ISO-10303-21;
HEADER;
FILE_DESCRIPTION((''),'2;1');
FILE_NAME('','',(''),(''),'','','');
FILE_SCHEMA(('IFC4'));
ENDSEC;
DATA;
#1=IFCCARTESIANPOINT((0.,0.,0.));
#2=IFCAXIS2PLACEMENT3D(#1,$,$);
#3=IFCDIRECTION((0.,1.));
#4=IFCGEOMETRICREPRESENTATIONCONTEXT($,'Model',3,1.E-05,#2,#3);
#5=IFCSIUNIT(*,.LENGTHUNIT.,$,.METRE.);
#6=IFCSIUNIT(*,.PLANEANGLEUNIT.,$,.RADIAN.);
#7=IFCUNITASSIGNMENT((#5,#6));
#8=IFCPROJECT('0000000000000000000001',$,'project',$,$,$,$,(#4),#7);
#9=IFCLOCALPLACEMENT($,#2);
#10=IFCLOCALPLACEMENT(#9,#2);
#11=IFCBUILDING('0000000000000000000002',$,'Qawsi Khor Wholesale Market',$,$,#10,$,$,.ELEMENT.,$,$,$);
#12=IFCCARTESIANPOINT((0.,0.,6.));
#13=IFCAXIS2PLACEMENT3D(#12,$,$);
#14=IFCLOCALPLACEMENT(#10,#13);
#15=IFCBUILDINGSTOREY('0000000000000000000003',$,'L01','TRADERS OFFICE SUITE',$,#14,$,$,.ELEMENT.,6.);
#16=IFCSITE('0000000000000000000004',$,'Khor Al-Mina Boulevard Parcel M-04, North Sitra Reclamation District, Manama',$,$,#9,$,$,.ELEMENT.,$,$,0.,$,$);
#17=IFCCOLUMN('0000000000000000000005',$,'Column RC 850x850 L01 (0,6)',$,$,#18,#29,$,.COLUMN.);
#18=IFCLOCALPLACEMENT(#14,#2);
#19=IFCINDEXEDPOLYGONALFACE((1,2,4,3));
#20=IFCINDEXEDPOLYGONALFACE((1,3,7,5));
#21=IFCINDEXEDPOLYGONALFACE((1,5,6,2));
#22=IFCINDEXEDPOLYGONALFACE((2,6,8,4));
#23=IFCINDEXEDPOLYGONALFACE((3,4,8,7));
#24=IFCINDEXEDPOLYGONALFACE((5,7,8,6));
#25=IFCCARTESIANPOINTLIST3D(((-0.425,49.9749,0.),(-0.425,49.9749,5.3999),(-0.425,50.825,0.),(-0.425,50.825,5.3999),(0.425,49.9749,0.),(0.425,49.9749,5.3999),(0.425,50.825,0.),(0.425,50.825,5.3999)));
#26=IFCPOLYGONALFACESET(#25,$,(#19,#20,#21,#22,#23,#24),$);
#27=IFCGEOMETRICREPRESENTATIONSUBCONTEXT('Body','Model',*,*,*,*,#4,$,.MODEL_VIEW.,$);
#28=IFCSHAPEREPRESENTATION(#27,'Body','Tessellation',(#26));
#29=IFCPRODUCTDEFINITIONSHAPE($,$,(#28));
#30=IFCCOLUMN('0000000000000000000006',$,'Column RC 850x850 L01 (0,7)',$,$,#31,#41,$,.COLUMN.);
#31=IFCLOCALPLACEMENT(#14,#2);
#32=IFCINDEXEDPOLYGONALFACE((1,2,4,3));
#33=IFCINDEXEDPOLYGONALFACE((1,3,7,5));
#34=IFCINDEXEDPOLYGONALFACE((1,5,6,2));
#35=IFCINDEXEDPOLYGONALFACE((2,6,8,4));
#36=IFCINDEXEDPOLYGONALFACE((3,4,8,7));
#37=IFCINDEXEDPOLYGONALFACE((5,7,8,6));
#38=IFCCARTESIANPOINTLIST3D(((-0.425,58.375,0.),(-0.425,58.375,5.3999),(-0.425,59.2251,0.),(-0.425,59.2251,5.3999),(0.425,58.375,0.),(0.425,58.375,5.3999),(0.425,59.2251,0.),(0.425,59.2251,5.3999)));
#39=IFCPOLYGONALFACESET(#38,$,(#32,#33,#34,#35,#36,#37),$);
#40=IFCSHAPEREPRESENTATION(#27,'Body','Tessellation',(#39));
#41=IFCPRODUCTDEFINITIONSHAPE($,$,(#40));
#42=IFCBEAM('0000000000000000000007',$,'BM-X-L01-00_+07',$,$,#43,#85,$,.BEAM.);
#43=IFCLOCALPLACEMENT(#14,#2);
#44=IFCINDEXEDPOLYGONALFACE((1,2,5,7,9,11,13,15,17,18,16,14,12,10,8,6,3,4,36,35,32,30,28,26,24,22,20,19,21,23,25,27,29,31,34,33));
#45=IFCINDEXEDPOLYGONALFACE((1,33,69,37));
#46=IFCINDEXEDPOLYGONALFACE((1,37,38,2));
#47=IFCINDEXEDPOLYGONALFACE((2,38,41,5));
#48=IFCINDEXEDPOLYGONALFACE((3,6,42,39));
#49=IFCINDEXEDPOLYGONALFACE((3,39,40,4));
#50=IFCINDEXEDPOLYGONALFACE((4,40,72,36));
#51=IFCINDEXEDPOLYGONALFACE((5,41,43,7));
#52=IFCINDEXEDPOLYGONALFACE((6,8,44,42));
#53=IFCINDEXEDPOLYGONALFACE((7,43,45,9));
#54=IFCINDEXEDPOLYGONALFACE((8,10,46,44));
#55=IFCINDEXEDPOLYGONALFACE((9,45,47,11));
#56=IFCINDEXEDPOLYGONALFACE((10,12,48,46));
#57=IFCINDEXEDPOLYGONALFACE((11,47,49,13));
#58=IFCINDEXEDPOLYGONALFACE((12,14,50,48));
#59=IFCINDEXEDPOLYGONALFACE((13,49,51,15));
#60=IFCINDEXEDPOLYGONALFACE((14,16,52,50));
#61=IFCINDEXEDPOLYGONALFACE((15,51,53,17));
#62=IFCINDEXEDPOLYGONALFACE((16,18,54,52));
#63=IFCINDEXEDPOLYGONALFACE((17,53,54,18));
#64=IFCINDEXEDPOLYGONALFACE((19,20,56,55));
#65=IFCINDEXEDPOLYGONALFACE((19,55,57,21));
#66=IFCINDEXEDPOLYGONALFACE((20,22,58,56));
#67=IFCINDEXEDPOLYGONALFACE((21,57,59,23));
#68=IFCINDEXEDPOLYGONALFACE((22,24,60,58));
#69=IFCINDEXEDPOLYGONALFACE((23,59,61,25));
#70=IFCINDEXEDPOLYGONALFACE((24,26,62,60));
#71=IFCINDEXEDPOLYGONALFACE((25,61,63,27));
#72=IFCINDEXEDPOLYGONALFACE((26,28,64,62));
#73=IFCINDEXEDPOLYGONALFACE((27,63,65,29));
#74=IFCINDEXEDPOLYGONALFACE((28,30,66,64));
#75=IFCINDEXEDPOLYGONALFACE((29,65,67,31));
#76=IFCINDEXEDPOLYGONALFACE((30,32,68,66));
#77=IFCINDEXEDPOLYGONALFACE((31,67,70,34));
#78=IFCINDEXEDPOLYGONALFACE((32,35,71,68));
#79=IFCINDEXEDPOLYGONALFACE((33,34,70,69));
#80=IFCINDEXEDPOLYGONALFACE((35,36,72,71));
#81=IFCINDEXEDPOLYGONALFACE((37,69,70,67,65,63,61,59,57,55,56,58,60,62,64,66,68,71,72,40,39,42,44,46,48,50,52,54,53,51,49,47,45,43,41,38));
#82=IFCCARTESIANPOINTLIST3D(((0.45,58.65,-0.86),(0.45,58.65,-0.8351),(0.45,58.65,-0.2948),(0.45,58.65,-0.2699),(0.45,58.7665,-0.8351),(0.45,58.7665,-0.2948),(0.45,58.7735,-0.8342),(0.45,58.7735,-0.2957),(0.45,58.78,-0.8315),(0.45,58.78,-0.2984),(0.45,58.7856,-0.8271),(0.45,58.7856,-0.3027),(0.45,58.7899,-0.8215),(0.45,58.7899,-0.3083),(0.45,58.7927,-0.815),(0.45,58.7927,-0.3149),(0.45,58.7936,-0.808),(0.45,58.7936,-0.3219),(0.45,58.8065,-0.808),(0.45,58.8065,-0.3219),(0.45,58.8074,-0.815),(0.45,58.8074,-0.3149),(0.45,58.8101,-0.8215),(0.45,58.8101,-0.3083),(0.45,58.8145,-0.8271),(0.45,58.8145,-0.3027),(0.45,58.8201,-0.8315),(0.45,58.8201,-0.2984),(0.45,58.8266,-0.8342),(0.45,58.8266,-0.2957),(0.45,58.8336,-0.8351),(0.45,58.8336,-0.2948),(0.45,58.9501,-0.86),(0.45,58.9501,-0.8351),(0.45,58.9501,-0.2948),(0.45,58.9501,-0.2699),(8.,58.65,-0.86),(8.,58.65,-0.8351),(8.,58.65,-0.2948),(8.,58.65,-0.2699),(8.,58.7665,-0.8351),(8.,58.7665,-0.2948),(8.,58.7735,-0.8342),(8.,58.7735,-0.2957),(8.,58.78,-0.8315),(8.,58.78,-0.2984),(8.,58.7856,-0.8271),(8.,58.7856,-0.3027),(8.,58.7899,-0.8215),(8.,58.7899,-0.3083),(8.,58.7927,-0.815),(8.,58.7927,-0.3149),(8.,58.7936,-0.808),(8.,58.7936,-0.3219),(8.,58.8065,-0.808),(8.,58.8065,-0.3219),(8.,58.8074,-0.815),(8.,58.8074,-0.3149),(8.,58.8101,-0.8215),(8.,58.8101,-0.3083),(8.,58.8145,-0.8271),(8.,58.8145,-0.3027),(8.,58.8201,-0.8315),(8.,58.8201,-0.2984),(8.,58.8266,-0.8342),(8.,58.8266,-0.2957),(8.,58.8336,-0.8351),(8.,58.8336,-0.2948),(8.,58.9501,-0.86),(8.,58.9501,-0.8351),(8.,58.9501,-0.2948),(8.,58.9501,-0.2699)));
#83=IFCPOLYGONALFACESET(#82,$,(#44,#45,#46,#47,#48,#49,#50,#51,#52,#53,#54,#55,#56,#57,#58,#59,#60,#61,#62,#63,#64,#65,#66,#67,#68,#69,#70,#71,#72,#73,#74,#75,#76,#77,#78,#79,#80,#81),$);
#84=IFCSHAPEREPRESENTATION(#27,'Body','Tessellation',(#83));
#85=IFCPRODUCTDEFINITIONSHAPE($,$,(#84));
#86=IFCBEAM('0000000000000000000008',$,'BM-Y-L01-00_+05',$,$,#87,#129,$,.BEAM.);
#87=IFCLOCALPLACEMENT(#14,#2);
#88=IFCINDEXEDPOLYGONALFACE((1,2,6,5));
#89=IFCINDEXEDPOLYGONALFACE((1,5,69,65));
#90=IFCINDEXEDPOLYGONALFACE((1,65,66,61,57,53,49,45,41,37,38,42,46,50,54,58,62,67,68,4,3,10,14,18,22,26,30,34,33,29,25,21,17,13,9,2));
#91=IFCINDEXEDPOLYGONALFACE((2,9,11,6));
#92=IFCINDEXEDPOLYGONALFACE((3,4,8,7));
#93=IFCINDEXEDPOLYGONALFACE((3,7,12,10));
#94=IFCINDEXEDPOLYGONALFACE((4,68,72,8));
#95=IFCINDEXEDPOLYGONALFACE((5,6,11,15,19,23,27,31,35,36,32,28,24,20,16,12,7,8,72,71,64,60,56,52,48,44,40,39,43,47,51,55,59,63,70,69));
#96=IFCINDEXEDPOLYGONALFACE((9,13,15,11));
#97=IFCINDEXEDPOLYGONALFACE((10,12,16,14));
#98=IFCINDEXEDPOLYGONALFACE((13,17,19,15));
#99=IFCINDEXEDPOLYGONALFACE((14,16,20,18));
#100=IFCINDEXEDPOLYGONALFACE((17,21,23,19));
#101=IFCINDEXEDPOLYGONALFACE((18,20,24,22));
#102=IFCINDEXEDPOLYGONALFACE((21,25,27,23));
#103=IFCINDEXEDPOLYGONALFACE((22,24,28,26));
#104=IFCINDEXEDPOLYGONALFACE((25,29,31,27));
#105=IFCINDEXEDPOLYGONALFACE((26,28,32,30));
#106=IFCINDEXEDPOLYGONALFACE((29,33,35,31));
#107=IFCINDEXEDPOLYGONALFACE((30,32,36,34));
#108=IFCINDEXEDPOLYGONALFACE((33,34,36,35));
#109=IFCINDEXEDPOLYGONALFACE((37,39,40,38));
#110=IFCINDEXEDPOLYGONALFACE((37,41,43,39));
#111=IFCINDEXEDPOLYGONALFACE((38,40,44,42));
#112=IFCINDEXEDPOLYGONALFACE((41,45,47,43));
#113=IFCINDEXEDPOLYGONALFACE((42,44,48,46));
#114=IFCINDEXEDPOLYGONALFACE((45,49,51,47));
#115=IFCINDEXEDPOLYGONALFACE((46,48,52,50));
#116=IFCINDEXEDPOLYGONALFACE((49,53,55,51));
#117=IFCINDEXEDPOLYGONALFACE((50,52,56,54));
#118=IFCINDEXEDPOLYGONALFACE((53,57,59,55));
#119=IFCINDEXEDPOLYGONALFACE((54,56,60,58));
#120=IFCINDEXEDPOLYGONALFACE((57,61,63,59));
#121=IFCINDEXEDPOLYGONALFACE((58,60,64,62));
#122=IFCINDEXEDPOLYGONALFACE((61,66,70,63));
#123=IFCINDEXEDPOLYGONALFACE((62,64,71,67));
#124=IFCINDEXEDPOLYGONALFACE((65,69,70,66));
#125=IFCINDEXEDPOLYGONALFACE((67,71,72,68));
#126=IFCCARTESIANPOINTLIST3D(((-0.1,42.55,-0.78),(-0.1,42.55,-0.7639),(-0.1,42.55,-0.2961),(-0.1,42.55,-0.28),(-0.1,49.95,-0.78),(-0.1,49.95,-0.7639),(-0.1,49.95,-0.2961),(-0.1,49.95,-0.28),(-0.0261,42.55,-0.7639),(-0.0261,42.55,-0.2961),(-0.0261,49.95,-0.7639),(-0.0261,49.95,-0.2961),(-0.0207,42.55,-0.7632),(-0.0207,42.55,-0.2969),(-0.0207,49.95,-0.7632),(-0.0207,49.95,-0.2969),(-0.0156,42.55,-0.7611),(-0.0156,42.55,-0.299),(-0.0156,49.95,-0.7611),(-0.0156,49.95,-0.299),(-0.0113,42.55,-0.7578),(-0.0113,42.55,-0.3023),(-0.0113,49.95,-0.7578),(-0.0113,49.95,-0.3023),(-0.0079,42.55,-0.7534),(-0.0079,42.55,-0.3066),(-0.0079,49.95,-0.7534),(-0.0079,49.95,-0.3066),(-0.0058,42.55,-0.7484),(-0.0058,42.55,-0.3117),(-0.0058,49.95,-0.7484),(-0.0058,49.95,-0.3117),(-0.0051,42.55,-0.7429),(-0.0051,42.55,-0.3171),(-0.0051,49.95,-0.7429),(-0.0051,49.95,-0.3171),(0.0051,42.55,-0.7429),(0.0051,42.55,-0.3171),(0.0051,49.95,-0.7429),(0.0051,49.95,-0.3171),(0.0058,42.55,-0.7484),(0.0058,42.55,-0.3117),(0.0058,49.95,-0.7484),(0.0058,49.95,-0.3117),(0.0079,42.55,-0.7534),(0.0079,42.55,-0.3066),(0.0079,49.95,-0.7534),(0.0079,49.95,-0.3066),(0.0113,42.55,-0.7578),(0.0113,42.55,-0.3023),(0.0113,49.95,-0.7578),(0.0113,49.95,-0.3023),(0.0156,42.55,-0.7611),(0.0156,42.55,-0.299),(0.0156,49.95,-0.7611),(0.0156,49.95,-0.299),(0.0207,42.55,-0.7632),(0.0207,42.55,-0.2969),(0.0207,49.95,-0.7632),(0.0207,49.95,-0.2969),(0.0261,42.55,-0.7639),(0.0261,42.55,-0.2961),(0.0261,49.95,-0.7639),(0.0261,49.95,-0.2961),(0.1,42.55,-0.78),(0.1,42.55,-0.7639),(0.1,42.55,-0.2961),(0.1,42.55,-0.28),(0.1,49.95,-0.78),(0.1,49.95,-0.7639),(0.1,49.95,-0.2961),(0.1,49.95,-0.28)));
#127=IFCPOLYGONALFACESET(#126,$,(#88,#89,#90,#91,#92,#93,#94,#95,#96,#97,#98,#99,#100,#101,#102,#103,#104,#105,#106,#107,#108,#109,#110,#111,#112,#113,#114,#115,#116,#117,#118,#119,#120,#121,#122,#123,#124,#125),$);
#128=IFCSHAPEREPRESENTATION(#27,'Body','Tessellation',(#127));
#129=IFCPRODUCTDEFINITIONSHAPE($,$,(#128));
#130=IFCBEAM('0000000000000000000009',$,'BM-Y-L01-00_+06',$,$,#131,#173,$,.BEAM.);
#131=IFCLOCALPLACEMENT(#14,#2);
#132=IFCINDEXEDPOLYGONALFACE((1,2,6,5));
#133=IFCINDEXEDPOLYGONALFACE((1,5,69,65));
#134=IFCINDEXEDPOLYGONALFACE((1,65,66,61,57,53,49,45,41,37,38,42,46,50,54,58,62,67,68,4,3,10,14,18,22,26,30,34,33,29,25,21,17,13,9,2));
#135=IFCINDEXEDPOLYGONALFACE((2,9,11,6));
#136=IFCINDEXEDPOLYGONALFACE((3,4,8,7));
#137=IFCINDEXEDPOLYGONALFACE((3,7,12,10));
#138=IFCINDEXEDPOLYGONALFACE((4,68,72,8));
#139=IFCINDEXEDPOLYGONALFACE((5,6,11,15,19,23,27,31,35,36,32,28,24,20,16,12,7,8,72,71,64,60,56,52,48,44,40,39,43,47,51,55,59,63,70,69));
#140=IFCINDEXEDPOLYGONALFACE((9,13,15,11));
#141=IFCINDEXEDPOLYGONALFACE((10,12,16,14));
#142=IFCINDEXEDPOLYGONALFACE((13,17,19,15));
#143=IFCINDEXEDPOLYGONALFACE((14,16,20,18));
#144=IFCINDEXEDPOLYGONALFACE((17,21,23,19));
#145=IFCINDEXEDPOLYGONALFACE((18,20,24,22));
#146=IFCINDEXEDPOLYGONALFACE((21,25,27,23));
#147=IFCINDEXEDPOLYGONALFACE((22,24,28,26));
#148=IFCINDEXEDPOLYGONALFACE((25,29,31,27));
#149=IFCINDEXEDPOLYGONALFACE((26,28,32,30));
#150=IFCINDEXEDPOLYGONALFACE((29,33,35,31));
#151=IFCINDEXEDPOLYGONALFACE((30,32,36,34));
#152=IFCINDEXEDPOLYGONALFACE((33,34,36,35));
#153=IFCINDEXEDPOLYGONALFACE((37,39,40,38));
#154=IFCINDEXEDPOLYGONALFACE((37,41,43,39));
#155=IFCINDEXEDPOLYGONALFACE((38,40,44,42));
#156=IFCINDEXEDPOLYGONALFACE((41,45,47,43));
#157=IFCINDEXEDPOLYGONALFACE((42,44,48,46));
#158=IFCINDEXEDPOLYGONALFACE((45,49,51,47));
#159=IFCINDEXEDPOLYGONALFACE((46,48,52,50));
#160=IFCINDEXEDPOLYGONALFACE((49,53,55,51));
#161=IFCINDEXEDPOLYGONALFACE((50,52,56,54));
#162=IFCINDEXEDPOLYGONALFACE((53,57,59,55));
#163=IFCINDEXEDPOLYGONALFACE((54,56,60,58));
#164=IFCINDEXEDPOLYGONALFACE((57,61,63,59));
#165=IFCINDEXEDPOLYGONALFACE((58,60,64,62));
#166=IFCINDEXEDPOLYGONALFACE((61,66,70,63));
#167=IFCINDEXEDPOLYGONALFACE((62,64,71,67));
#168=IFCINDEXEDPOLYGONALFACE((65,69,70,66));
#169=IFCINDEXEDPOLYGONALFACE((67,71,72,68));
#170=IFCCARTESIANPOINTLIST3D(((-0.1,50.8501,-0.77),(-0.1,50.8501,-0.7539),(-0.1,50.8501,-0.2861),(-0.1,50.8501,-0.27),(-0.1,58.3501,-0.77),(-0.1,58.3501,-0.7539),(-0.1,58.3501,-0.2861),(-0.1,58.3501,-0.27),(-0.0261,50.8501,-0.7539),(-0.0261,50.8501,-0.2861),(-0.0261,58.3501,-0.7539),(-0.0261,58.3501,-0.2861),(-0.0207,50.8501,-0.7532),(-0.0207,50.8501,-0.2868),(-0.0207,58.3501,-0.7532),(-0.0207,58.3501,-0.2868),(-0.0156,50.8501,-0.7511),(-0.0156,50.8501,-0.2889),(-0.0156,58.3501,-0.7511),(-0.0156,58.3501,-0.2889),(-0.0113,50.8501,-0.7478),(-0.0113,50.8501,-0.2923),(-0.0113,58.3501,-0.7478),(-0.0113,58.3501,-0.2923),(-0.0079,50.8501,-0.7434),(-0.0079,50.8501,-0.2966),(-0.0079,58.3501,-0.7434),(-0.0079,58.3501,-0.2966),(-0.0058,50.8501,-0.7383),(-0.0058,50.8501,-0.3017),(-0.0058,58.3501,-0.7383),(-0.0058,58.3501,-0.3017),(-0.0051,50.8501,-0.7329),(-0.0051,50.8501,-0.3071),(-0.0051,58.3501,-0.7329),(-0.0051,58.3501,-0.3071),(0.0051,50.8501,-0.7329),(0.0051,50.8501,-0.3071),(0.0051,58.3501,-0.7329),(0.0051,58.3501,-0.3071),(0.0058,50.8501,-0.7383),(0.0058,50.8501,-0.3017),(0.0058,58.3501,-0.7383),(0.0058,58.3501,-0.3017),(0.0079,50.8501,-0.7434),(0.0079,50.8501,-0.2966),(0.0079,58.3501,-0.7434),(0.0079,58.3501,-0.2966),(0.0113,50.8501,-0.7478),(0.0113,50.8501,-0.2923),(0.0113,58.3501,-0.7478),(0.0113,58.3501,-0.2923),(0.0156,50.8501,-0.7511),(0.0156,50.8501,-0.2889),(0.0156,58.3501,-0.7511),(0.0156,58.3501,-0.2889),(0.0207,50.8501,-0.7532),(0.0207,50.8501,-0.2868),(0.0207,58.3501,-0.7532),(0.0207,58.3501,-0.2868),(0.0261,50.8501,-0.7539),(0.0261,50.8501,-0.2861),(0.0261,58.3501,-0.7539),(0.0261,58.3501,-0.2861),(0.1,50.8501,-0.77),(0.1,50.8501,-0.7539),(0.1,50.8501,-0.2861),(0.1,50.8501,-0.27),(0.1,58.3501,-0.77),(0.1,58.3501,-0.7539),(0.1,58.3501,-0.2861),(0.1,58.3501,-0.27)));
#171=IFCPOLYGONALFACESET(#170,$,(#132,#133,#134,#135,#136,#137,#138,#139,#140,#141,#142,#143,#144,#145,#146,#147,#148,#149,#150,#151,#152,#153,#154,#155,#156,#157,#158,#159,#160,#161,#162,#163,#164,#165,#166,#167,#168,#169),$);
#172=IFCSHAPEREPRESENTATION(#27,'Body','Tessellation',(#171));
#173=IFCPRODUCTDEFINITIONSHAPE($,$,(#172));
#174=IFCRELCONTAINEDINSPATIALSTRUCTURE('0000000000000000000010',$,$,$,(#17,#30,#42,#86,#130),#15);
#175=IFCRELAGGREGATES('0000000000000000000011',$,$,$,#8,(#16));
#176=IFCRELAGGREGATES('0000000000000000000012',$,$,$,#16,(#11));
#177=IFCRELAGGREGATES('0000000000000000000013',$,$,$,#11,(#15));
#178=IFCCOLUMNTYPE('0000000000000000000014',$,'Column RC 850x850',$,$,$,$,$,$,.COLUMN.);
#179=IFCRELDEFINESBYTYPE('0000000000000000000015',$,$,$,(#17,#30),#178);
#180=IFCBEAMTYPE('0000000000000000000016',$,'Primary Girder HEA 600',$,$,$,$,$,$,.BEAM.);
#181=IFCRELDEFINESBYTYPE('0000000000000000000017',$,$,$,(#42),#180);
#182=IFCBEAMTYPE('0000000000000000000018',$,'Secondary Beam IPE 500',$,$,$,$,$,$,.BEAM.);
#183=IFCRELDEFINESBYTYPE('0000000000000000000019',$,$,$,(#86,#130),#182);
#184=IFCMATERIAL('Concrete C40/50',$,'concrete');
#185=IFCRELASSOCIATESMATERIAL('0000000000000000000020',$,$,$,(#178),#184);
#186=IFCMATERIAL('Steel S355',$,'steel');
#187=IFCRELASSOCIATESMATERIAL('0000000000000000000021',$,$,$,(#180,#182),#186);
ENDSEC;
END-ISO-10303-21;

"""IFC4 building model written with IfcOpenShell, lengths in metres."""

from ifc_helpers import new_model, si_unit, direction, frame, origin, origin_2d, place, context, subcontext, project, spatial, rectangle, i_section, extrude, material, material_profile, profile_set, type_object, element, save


model = new_model("IFC4")

# Units and contexts
model_context = context("Model", 3, precision=1e-05, world=origin(), true_north=direction((0.0, 1.0)))
body_context = subcontext(model_context, "Body", "Model", "MODEL_VIEW")
ifc_project = project(units=[si_unit("LENGTHUNIT", "METRE"), si_unit("PLANEANGLEUNIT", "RADIAN")], contexts=[model_context])

# Site, building, storey
site_placement = place(None, origin())
site = spatial("IfcSite", under=ifc_project, at=site_placement, Name="Khor Al-Mina Boulevard Parcel M-04, North Sitra Reclamation District, Manama", CompositionType="ELEMENT", RefElevation=0.0)
building_placement = place(site_placement, origin())
building = spatial("IfcBuilding", under=site, at=building_placement, Name="Qawsi Khor Wholesale Market", CompositionType="ELEMENT")
storey_placement = place(building_placement, frame((0.0, 0.0, 6.0)))
storey = spatial("IfcBuildingStorey", under=building, at=storey_placement, Name="L01", Description="TRADERS OFFICE SUITE", CompositionType="ELEMENT", Elevation=6.0)

# Columns
ifc_material_1 = material(Name="Concrete C40/50", Category="concrete")
ifc_material_profile_1 = material_profile(ifc_material_1, rectangle(XDim=0.8501, YDim=0.8501, at=origin_2d()), Name="RC 850x850")
ifc_profile_set_1 = profile_set([ifc_material_profile_1], Name="Concrete C40/50")
column_type = type_object("IfcColumnType", Name="Column RC 850x850", PredefinedType="COLUMN", material=ifc_profile_set_1)
for number, where, z_axis, x_axis, name in (
    (1, (0.0, 50.3999, 0.0), (0.0, 0.0, 1.0), (1.0, 0.0, 0.0), "Column RC 850x850 L01 (0,6)"),
    (2, (0.0, 58.8, 0.0), (0.0, 0.0, 1.0), (1.0, 0.0, 0.0), "Column RC 850x850 L01 (0,7)"),
):
    element("IfcColumn", number, at=place(storey_placement, frame(where, z_axis=z_axis, x_axis=x_axis)), inside=storey, type_object=column_type, Name=name, PredefinedType="COLUMN", context=body_context, shape_type="SweptSolid", body=[
        extrude(rectangle(XDim=0.8501, YDim=0.8501, at=origin_2d()), origin(), (0.0, 0.0, 1.0), 5.3999),
    ])

# Beams
ifc_material_2 = material(Name="Steel S355", Category="steel")
ifc_material_profile_2 = material_profile(ifc_material_2, i_section(OverallWidth=0.3, OverallDepth=0.5901, WebThickness=0.0129, FlangeThickness=0.0249, FilletRadius=0.0271, at=origin_2d()), Name="HEA 600")
ifc_profile_set_2 = profile_set([ifc_material_profile_2], Name="Steel S355")
beam_type_1 = type_object("IfcBeamType", Name="Primary Girder HEA 600", PredefinedType="BEAM", material=ifc_profile_set_2)
beam_1_placement = place(storey_placement, frame((0.45, 58.8, -0.5649), z_axis=(1.0, 0.0, 0.0), x_axis=(0.0, 1.0, 0.0)))
element("IfcBeam", 3, at=beam_1_placement, inside=storey, type_object=beam_type_1, Name="BM-X-L01-00_+07", PredefinedType="BEAM", context=body_context, shape_type="SweptSolid", body=[
    extrude(i_section(OverallWidth=0.3, OverallDepth=0.5901, WebThickness=0.0129, FlangeThickness=0.0249, FilletRadius=0.0271, at=origin_2d()), origin(), (0.0, 0.0, 1.0), 7.55),
])
ifc_material_profile_3 = material_profile(ifc_material_2, i_section(OverallWidth=0.2, OverallDepth=0.5, WebThickness=0.0103, FlangeThickness=0.0161, FilletRadius=0.021, at=origin_2d()), Name="IPE 500")
ifc_profile_set_3 = profile_set([ifc_material_profile_3], Name="Steel S355")
beam_type_2 = type_object("IfcBeamType", Name="Secondary Beam IPE 500", PredefinedType="BEAM", material=ifc_profile_set_3)
beam_2_placement = place(storey_placement, frame((0.0, 42.55, -0.53), z_axis=(0.0, 1.0, 0.0), x_axis=(-1.0, 0.0, 0.0)))
element("IfcBeam", 4, at=beam_2_placement, inside=storey, type_object=beam_type_2, Name="BM-Y-L01-00_+05", PredefinedType="BEAM", context=body_context, shape_type="SweptSolid", body=[
    extrude(i_section(OverallWidth=0.2, OverallDepth=0.5, WebThickness=0.0103, FlangeThickness=0.0161, FilletRadius=0.021, at=origin_2d()), origin(), (0.0, 0.0, 1.0), 7.3999),
])
for number, where, z_axis, x_axis, name in (
    (5, (0.0, 50.8501, -0.52), (0.0, 1.0, 0.0), (-1.0, 0.0, 0.0), "BM-Y-L01-00_+06"),
):
    element("IfcBeam", number, at=place(storey_placement, frame(where, z_axis=z_axis, x_axis=x_axis)), inside=storey, type_object=beam_type_2, Name=name, PredefinedType="BEAM", context=body_context, shape_type="SweptSolid", body=[
        extrude(i_section(OverallWidth=0.2, OverallDepth=0.5, WebThickness=0.0103, FlangeThickness=0.0161, FilletRadius=0.021, at=origin_2d()), origin(), (0.0, 0.0, 1.0), 7.5),
    ])

save(model, "model.ifc")
